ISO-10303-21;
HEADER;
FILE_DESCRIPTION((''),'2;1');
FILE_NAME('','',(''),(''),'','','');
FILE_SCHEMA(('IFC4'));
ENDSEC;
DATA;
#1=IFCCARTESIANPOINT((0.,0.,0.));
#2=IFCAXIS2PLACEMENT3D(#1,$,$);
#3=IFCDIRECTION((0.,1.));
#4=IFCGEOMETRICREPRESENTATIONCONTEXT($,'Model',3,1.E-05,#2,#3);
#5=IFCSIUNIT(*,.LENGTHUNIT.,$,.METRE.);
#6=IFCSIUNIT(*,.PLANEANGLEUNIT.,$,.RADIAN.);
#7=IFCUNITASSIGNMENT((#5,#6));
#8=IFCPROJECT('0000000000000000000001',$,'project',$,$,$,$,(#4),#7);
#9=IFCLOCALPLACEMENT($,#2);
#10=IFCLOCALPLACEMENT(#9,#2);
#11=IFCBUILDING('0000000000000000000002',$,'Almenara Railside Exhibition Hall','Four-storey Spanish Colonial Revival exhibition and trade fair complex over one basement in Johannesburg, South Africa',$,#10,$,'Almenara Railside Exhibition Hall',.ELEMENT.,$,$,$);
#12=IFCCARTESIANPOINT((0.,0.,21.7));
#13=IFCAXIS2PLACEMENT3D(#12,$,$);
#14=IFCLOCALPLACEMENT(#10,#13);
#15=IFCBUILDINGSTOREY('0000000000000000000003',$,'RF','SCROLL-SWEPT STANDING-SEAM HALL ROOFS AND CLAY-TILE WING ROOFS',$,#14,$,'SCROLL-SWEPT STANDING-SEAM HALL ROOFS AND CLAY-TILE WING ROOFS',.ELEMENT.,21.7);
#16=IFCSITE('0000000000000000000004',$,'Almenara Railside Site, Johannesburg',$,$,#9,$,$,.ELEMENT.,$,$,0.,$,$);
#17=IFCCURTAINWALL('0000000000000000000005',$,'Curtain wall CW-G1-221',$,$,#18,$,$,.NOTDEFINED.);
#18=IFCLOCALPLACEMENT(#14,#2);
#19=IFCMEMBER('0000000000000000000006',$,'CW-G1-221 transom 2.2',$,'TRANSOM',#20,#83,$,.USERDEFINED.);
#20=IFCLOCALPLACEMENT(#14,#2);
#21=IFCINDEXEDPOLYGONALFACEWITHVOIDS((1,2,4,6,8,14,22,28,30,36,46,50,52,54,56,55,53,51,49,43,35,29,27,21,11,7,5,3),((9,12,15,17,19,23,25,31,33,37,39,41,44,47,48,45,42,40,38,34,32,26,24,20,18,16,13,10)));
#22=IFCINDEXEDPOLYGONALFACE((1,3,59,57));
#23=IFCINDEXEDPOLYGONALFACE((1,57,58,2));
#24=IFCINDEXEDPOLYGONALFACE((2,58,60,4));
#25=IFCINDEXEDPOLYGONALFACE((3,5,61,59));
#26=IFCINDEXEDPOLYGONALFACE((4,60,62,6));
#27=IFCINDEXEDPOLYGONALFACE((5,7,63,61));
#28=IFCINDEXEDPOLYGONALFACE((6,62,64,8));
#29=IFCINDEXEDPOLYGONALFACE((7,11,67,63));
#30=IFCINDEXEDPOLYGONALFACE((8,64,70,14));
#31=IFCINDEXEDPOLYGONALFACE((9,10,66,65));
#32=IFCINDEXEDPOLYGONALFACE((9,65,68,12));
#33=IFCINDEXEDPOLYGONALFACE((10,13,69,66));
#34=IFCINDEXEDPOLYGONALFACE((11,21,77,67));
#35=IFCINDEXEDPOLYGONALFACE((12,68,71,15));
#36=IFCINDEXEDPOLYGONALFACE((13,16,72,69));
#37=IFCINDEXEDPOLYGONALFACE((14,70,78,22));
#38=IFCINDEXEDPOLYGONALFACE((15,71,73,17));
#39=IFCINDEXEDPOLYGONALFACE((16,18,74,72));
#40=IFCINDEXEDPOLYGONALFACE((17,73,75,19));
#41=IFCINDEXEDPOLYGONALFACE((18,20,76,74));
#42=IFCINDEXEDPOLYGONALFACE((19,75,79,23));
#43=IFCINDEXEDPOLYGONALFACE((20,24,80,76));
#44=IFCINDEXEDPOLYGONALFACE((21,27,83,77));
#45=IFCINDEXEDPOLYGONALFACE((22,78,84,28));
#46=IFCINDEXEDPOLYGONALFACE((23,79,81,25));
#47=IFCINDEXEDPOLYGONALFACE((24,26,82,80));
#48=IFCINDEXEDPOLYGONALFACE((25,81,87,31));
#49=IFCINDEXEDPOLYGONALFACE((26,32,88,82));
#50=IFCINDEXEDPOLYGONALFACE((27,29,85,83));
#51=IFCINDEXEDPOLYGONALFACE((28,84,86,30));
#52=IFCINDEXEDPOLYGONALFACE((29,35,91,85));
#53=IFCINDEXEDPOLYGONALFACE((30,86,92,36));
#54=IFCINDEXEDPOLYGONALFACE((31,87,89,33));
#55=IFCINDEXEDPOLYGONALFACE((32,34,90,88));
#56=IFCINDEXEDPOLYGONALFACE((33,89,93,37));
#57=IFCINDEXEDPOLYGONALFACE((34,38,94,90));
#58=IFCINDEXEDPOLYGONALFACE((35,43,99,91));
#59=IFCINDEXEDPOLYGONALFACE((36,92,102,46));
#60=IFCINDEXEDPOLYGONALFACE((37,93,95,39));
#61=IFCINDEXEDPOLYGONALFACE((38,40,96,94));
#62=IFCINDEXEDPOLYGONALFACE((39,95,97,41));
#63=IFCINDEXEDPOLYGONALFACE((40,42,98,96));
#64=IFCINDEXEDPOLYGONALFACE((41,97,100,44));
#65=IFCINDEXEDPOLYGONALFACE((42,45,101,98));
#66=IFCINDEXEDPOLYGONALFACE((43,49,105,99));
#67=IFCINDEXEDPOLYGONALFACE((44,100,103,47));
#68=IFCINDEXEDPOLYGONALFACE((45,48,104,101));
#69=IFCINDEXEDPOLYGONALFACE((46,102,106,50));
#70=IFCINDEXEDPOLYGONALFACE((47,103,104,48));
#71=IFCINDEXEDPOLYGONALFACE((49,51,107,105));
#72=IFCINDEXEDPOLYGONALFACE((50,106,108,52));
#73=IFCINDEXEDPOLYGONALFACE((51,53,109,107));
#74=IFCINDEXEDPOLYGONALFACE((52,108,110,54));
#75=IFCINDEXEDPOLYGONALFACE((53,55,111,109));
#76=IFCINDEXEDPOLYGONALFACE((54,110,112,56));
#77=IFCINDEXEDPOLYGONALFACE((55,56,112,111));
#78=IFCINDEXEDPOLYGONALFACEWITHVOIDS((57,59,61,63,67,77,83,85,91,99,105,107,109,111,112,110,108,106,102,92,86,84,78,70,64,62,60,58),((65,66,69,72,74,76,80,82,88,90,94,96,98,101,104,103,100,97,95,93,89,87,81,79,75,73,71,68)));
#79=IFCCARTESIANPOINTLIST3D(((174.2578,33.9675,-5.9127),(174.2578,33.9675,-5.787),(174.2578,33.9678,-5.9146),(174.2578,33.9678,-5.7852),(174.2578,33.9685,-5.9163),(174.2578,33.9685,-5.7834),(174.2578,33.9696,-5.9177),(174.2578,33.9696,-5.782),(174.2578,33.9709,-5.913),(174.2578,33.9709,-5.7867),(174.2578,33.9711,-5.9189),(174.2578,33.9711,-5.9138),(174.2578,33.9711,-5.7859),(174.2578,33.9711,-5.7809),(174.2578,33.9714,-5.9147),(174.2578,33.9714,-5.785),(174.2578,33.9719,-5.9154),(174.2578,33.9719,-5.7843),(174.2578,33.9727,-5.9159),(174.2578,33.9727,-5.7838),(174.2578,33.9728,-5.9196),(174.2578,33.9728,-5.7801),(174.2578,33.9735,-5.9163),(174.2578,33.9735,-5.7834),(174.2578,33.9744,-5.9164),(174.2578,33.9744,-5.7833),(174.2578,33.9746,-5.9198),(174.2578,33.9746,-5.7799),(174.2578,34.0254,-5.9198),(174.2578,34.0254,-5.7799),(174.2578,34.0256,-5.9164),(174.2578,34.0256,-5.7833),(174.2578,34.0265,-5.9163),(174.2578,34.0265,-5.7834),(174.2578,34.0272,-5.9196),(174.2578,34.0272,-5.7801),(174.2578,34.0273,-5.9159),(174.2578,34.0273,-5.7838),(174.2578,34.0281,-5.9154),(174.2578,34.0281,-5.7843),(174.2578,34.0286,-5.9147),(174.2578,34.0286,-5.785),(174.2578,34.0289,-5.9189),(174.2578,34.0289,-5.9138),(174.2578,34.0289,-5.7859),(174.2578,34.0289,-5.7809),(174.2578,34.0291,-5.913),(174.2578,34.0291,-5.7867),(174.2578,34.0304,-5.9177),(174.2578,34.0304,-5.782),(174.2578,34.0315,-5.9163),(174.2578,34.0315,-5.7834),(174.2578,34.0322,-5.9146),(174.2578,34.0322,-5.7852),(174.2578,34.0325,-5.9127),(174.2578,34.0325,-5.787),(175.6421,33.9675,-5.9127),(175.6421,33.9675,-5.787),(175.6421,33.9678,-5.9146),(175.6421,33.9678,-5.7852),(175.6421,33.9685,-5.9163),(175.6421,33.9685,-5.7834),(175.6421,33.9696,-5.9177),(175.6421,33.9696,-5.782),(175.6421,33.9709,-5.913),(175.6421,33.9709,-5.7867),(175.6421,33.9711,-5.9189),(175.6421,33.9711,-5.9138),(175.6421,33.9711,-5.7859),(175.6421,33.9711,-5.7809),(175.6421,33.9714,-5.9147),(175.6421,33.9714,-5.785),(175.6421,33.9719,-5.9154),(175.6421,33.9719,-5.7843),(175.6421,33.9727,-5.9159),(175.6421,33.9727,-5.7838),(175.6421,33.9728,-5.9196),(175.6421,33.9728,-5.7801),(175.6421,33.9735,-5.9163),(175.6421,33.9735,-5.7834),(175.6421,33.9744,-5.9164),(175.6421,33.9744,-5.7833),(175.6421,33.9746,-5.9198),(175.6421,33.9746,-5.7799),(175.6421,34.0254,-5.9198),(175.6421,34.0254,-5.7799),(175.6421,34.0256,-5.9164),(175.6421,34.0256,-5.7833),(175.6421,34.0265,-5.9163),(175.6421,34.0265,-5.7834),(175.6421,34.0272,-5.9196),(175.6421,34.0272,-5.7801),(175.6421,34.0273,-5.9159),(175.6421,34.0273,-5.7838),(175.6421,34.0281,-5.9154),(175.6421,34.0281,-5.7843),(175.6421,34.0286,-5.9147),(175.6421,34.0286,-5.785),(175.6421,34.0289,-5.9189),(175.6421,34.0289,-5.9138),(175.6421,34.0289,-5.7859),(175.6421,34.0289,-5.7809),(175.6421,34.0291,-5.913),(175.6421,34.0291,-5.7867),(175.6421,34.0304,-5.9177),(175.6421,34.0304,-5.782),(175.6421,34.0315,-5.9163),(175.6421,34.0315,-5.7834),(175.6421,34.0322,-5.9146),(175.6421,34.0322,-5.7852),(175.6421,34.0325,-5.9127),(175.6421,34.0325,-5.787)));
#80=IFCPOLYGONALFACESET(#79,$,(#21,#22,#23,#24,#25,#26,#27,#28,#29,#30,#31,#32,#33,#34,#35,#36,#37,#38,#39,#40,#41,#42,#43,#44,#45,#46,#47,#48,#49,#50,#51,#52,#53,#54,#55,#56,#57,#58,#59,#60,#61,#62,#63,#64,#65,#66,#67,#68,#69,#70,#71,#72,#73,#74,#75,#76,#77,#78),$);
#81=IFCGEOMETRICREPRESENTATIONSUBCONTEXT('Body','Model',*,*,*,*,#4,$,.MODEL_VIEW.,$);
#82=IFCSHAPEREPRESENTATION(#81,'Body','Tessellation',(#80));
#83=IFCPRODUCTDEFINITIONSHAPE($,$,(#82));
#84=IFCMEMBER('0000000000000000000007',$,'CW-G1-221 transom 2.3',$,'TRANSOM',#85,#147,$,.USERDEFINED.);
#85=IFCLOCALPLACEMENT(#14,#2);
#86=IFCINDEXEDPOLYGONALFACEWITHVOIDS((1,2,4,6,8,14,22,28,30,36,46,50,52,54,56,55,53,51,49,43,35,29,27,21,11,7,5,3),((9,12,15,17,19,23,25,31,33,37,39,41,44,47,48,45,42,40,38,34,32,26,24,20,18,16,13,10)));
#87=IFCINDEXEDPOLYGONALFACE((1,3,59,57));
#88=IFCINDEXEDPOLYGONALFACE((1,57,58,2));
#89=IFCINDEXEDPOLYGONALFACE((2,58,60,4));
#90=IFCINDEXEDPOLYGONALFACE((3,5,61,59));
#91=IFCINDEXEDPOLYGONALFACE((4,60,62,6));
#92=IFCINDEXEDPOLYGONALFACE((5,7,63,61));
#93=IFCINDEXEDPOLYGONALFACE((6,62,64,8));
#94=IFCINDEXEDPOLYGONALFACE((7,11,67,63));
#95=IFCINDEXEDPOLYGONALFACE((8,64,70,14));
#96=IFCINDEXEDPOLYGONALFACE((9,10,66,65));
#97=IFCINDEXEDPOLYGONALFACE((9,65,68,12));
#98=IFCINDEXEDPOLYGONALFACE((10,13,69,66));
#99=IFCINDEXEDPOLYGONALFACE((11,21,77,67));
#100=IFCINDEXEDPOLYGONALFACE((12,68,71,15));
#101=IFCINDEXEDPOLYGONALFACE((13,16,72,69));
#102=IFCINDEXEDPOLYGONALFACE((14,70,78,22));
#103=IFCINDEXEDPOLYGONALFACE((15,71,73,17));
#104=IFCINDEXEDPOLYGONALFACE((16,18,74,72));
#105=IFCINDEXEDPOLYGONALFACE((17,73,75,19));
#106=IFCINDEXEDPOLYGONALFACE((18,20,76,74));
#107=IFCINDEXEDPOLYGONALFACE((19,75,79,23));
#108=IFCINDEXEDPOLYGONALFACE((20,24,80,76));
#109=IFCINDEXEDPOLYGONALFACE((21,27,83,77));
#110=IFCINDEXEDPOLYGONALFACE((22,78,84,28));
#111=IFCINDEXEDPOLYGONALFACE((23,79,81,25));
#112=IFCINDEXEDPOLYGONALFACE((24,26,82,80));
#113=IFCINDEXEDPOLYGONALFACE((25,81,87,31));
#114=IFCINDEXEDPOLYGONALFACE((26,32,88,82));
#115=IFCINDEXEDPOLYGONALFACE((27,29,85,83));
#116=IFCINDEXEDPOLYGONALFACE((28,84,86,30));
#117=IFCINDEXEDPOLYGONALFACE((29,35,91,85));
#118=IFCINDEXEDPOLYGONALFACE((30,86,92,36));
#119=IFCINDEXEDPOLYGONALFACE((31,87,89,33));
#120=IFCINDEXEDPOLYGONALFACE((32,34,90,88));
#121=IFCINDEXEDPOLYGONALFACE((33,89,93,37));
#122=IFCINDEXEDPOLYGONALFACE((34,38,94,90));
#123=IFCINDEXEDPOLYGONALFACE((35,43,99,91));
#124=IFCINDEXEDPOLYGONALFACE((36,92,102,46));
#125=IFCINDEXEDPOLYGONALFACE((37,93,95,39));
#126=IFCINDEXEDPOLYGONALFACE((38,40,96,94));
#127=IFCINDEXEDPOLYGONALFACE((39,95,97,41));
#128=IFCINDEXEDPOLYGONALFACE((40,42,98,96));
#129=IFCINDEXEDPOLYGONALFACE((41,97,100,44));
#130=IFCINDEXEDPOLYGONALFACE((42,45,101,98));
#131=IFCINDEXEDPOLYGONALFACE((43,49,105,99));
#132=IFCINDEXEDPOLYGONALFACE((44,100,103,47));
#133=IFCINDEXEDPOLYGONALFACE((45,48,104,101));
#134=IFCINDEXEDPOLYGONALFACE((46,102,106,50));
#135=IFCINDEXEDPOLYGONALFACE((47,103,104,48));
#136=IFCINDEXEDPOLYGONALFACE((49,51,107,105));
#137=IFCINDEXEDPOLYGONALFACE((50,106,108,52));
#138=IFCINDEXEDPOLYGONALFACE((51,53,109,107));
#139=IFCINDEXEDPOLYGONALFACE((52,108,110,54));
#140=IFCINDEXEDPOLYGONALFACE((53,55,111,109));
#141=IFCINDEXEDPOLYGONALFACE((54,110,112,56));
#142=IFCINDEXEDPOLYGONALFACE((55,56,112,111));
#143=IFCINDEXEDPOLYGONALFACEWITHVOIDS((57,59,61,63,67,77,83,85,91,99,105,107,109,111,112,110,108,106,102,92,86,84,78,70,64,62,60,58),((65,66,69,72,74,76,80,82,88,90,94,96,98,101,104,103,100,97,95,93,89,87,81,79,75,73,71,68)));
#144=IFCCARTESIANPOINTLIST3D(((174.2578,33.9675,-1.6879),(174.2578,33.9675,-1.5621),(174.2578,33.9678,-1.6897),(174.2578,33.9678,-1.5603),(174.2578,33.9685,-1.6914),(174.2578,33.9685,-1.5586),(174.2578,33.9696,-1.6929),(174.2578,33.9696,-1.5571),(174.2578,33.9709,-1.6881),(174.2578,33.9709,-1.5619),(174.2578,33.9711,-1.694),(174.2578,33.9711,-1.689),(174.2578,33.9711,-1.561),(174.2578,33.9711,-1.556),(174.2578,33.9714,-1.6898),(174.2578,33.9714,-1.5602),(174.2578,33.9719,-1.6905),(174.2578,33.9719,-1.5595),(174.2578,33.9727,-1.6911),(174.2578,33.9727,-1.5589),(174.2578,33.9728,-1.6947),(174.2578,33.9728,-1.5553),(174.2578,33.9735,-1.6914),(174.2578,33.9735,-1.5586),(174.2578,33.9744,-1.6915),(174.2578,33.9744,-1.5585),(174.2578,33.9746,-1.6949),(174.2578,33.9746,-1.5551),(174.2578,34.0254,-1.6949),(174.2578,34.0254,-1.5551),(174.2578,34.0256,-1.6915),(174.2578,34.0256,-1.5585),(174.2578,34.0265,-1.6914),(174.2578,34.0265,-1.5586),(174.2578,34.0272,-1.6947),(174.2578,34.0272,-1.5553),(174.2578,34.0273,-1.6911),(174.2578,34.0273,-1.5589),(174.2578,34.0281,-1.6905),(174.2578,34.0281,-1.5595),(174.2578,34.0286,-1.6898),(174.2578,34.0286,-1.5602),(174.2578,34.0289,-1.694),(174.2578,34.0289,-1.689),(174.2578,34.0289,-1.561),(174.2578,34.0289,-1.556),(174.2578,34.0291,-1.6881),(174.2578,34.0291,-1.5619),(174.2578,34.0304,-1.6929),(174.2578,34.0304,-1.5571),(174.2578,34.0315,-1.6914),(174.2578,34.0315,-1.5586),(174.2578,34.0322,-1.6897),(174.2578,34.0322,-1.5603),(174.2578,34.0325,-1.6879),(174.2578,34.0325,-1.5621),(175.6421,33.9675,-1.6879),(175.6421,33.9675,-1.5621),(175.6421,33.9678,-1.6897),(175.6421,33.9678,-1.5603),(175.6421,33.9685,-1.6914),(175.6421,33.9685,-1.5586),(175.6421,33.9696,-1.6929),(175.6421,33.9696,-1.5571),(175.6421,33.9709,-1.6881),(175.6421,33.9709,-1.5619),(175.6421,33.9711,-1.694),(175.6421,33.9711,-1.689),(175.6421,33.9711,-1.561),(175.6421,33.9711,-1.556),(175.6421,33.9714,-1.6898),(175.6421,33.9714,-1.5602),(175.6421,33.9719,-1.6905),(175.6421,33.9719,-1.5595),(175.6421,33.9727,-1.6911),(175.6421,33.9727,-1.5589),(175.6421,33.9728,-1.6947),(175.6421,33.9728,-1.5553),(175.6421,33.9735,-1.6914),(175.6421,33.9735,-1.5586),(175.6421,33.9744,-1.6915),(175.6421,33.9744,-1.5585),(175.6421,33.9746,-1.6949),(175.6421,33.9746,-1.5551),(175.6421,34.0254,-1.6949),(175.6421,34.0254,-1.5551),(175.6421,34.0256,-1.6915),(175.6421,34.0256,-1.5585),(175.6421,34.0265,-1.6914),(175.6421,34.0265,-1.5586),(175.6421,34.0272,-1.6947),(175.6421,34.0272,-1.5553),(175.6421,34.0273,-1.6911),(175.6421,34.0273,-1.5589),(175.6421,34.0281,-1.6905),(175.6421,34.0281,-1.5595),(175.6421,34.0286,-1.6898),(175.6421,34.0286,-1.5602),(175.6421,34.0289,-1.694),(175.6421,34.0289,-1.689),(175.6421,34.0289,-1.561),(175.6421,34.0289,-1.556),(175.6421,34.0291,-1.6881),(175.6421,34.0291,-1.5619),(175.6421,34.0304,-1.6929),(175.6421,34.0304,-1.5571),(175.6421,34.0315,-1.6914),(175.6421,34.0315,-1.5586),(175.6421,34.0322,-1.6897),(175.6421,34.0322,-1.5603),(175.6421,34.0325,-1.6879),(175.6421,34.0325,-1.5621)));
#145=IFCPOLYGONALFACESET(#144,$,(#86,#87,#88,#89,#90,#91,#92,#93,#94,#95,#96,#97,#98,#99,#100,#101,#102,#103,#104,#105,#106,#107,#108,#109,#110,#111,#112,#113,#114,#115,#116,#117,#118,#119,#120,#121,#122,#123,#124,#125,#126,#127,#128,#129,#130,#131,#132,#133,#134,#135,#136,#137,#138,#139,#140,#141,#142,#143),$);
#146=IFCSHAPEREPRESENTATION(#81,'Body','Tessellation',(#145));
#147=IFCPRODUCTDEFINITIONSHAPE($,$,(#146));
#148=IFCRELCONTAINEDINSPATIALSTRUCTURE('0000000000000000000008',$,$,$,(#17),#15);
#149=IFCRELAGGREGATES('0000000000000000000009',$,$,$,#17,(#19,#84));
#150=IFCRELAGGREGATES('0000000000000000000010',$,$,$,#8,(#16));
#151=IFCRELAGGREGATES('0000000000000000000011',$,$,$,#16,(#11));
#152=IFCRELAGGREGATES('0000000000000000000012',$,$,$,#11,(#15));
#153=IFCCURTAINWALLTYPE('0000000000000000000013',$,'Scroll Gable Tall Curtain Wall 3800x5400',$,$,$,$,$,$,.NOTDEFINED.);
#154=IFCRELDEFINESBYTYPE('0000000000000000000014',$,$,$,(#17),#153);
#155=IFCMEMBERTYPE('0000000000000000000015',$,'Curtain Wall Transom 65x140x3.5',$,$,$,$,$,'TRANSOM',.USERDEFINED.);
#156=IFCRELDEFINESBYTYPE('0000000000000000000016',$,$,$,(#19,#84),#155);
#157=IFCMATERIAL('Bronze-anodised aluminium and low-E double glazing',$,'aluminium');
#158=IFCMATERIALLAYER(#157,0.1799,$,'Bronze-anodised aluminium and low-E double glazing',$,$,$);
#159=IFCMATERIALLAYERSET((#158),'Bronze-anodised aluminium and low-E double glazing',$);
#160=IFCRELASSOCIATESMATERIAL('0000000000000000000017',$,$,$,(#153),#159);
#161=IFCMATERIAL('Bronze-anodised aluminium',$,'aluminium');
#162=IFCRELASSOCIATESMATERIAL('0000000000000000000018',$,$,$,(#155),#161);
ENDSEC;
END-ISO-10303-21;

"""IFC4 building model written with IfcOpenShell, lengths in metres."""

from ifc_helpers import new_model, si_unit, direction, frame, origin, origin_2d, place, context, subcontext, project, spatial, hollow_rectangle, extrude, material, layer, layer_set, material_profile, profile_set, type_object, element, aggregate, save


model = new_model("IFC4")

# Units and contexts
model_context = context("Model", 3, precision=1e-05, world=origin(), true_north=direction((0.0, 1.0)))
body_context = subcontext(model_context, "Body", "Model", "MODEL_VIEW")
ifc_project = project(units=[si_unit("LENGTHUNIT", "METRE"), si_unit("PLANEANGLEUNIT", "RADIAN")], contexts=[model_context])

# Site, building, storey
site_placement = place(None, origin())
site = spatial("IfcSite", under=ifc_project, at=site_placement, Name="Almenara Railside Site, Johannesburg", CompositionType="ELEMENT", RefElevation=0.0)
building_placement = place(site_placement, origin())
building = spatial("IfcBuilding", under=site, at=building_placement, Name="Almenara Railside Exhibition Hall", Description="Four-storey Spanish Colonial Revival exhibition and trade fair complex over one basement in Johannesburg, South Africa", LongName="Almenara Railside Exhibition Hall", CompositionType="ELEMENT")
storey_placement = place(building_placement, frame((0.0, 0.0, 21.7)))
storey = spatial("IfcBuildingStorey", under=building, at=storey_placement, Name="RF", Description="SCROLL-SWEPT STANDING-SEAM HALL ROOFS AND CLAY-TILE WING ROOFS", LongName="SCROLL-SWEPT STANDING-SEAM HALL ROOFS AND CLAY-TILE WING ROOFS", CompositionType="ELEMENT", Elevation=21.7)

# Curtain wall
ifc_material_1 = material(Name="Bronze-anodised aluminium and low-E double glazing", Category="aluminium")
ifc_layer_1 = layer(ifc_material_1, 0.1799, Name="Bronze-anodised aluminium and low-E double glazing")
ifc_layer_set_1 = layer_set([ifc_layer_1], Name="Bronze-anodised aluminium and low-E double glazing")
curtain_wall_type = type_object("IfcCurtainWallType", Name="Scroll Gable Tall Curtain Wall 3800x5400", PredefinedType="NOTDEFINED", material=ifc_layer_set_1)
curtain_wall_1_placement = place(storey_placement, origin())
curtain_wall_1 = element("IfcCurtainWall", 1, at=curtain_wall_1_placement, inside=storey, type_object=curtain_wall_type, Name="Curtain wall CW-G1-221", PredefinedType="NOTDEFINED")
ifc_material_2 = material(Name="Bronze-anodised aluminium", Category="aluminium")

# Members
ifc_material_profile_1 = material_profile(ifc_material_2, hollow_rectangle(XDim=0.0649, YDim=0.1399, WallThickness=0.0034, InnerFilletRadius=0.0034, OuterFilletRadius=0.0071, at=origin_2d()), Name="ALU-TRN 65x140x3.5")
ifc_profile_set_1 = profile_set([ifc_material_profile_1], Name="Bronze-anodised aluminium")
member_type_1 = type_object("IfcMemberType", Name="Curtain Wall Transom 65x140x3.5", ElementType="TRANSOM", PredefinedType="USERDEFINED", material=ifc_profile_set_1)
member_1_placement = place(storey_placement, frame((174.2578, 34.0, -5.8499), z_axis=(1.0, 0.0, 0.0), x_axis=(0.0, 1.0, 0.0)))
member_1 = element("IfcMember", 2, at=member_1_placement, type_object=member_type_1, Name="CW-G1-221 transom 2.2", ObjectType="TRANSOM", PredefinedType="USERDEFINED", context=body_context, shape_type="SweptSolid", body=[
    extrude(hollow_rectangle(XDim=0.0649, YDim=0.1399, WallThickness=0.0034, InnerFilletRadius=0.0034, OuterFilletRadius=0.0071, at=origin_2d()), origin(), (0.0, 0.0, 1.0), 1.3843),
])
member_2_placement = place(storey_placement, frame((174.2578, 34.0, -1.625), z_axis=(1.0, 0.0, 0.0), x_axis=(0.0, 1.0, 0.0)))
member_2 = element("IfcMember", 3, at=member_2_placement, type_object=member_type_1, Name="CW-G1-221 transom 2.3", ObjectType="TRANSOM", PredefinedType="USERDEFINED", context=body_context, shape_type="SweptSolid", body=[
    extrude(hollow_rectangle(XDim=0.0649, YDim=0.1399, WallThickness=0.0034, InnerFilletRadius=0.0034, OuterFilletRadius=0.0071, at=origin_2d()), origin(), (0.0, 0.0, 1.0), 1.3843),
])

aggregate(curtain_wall_1, [member_1, member_2])

save(model, "model.ifc")
